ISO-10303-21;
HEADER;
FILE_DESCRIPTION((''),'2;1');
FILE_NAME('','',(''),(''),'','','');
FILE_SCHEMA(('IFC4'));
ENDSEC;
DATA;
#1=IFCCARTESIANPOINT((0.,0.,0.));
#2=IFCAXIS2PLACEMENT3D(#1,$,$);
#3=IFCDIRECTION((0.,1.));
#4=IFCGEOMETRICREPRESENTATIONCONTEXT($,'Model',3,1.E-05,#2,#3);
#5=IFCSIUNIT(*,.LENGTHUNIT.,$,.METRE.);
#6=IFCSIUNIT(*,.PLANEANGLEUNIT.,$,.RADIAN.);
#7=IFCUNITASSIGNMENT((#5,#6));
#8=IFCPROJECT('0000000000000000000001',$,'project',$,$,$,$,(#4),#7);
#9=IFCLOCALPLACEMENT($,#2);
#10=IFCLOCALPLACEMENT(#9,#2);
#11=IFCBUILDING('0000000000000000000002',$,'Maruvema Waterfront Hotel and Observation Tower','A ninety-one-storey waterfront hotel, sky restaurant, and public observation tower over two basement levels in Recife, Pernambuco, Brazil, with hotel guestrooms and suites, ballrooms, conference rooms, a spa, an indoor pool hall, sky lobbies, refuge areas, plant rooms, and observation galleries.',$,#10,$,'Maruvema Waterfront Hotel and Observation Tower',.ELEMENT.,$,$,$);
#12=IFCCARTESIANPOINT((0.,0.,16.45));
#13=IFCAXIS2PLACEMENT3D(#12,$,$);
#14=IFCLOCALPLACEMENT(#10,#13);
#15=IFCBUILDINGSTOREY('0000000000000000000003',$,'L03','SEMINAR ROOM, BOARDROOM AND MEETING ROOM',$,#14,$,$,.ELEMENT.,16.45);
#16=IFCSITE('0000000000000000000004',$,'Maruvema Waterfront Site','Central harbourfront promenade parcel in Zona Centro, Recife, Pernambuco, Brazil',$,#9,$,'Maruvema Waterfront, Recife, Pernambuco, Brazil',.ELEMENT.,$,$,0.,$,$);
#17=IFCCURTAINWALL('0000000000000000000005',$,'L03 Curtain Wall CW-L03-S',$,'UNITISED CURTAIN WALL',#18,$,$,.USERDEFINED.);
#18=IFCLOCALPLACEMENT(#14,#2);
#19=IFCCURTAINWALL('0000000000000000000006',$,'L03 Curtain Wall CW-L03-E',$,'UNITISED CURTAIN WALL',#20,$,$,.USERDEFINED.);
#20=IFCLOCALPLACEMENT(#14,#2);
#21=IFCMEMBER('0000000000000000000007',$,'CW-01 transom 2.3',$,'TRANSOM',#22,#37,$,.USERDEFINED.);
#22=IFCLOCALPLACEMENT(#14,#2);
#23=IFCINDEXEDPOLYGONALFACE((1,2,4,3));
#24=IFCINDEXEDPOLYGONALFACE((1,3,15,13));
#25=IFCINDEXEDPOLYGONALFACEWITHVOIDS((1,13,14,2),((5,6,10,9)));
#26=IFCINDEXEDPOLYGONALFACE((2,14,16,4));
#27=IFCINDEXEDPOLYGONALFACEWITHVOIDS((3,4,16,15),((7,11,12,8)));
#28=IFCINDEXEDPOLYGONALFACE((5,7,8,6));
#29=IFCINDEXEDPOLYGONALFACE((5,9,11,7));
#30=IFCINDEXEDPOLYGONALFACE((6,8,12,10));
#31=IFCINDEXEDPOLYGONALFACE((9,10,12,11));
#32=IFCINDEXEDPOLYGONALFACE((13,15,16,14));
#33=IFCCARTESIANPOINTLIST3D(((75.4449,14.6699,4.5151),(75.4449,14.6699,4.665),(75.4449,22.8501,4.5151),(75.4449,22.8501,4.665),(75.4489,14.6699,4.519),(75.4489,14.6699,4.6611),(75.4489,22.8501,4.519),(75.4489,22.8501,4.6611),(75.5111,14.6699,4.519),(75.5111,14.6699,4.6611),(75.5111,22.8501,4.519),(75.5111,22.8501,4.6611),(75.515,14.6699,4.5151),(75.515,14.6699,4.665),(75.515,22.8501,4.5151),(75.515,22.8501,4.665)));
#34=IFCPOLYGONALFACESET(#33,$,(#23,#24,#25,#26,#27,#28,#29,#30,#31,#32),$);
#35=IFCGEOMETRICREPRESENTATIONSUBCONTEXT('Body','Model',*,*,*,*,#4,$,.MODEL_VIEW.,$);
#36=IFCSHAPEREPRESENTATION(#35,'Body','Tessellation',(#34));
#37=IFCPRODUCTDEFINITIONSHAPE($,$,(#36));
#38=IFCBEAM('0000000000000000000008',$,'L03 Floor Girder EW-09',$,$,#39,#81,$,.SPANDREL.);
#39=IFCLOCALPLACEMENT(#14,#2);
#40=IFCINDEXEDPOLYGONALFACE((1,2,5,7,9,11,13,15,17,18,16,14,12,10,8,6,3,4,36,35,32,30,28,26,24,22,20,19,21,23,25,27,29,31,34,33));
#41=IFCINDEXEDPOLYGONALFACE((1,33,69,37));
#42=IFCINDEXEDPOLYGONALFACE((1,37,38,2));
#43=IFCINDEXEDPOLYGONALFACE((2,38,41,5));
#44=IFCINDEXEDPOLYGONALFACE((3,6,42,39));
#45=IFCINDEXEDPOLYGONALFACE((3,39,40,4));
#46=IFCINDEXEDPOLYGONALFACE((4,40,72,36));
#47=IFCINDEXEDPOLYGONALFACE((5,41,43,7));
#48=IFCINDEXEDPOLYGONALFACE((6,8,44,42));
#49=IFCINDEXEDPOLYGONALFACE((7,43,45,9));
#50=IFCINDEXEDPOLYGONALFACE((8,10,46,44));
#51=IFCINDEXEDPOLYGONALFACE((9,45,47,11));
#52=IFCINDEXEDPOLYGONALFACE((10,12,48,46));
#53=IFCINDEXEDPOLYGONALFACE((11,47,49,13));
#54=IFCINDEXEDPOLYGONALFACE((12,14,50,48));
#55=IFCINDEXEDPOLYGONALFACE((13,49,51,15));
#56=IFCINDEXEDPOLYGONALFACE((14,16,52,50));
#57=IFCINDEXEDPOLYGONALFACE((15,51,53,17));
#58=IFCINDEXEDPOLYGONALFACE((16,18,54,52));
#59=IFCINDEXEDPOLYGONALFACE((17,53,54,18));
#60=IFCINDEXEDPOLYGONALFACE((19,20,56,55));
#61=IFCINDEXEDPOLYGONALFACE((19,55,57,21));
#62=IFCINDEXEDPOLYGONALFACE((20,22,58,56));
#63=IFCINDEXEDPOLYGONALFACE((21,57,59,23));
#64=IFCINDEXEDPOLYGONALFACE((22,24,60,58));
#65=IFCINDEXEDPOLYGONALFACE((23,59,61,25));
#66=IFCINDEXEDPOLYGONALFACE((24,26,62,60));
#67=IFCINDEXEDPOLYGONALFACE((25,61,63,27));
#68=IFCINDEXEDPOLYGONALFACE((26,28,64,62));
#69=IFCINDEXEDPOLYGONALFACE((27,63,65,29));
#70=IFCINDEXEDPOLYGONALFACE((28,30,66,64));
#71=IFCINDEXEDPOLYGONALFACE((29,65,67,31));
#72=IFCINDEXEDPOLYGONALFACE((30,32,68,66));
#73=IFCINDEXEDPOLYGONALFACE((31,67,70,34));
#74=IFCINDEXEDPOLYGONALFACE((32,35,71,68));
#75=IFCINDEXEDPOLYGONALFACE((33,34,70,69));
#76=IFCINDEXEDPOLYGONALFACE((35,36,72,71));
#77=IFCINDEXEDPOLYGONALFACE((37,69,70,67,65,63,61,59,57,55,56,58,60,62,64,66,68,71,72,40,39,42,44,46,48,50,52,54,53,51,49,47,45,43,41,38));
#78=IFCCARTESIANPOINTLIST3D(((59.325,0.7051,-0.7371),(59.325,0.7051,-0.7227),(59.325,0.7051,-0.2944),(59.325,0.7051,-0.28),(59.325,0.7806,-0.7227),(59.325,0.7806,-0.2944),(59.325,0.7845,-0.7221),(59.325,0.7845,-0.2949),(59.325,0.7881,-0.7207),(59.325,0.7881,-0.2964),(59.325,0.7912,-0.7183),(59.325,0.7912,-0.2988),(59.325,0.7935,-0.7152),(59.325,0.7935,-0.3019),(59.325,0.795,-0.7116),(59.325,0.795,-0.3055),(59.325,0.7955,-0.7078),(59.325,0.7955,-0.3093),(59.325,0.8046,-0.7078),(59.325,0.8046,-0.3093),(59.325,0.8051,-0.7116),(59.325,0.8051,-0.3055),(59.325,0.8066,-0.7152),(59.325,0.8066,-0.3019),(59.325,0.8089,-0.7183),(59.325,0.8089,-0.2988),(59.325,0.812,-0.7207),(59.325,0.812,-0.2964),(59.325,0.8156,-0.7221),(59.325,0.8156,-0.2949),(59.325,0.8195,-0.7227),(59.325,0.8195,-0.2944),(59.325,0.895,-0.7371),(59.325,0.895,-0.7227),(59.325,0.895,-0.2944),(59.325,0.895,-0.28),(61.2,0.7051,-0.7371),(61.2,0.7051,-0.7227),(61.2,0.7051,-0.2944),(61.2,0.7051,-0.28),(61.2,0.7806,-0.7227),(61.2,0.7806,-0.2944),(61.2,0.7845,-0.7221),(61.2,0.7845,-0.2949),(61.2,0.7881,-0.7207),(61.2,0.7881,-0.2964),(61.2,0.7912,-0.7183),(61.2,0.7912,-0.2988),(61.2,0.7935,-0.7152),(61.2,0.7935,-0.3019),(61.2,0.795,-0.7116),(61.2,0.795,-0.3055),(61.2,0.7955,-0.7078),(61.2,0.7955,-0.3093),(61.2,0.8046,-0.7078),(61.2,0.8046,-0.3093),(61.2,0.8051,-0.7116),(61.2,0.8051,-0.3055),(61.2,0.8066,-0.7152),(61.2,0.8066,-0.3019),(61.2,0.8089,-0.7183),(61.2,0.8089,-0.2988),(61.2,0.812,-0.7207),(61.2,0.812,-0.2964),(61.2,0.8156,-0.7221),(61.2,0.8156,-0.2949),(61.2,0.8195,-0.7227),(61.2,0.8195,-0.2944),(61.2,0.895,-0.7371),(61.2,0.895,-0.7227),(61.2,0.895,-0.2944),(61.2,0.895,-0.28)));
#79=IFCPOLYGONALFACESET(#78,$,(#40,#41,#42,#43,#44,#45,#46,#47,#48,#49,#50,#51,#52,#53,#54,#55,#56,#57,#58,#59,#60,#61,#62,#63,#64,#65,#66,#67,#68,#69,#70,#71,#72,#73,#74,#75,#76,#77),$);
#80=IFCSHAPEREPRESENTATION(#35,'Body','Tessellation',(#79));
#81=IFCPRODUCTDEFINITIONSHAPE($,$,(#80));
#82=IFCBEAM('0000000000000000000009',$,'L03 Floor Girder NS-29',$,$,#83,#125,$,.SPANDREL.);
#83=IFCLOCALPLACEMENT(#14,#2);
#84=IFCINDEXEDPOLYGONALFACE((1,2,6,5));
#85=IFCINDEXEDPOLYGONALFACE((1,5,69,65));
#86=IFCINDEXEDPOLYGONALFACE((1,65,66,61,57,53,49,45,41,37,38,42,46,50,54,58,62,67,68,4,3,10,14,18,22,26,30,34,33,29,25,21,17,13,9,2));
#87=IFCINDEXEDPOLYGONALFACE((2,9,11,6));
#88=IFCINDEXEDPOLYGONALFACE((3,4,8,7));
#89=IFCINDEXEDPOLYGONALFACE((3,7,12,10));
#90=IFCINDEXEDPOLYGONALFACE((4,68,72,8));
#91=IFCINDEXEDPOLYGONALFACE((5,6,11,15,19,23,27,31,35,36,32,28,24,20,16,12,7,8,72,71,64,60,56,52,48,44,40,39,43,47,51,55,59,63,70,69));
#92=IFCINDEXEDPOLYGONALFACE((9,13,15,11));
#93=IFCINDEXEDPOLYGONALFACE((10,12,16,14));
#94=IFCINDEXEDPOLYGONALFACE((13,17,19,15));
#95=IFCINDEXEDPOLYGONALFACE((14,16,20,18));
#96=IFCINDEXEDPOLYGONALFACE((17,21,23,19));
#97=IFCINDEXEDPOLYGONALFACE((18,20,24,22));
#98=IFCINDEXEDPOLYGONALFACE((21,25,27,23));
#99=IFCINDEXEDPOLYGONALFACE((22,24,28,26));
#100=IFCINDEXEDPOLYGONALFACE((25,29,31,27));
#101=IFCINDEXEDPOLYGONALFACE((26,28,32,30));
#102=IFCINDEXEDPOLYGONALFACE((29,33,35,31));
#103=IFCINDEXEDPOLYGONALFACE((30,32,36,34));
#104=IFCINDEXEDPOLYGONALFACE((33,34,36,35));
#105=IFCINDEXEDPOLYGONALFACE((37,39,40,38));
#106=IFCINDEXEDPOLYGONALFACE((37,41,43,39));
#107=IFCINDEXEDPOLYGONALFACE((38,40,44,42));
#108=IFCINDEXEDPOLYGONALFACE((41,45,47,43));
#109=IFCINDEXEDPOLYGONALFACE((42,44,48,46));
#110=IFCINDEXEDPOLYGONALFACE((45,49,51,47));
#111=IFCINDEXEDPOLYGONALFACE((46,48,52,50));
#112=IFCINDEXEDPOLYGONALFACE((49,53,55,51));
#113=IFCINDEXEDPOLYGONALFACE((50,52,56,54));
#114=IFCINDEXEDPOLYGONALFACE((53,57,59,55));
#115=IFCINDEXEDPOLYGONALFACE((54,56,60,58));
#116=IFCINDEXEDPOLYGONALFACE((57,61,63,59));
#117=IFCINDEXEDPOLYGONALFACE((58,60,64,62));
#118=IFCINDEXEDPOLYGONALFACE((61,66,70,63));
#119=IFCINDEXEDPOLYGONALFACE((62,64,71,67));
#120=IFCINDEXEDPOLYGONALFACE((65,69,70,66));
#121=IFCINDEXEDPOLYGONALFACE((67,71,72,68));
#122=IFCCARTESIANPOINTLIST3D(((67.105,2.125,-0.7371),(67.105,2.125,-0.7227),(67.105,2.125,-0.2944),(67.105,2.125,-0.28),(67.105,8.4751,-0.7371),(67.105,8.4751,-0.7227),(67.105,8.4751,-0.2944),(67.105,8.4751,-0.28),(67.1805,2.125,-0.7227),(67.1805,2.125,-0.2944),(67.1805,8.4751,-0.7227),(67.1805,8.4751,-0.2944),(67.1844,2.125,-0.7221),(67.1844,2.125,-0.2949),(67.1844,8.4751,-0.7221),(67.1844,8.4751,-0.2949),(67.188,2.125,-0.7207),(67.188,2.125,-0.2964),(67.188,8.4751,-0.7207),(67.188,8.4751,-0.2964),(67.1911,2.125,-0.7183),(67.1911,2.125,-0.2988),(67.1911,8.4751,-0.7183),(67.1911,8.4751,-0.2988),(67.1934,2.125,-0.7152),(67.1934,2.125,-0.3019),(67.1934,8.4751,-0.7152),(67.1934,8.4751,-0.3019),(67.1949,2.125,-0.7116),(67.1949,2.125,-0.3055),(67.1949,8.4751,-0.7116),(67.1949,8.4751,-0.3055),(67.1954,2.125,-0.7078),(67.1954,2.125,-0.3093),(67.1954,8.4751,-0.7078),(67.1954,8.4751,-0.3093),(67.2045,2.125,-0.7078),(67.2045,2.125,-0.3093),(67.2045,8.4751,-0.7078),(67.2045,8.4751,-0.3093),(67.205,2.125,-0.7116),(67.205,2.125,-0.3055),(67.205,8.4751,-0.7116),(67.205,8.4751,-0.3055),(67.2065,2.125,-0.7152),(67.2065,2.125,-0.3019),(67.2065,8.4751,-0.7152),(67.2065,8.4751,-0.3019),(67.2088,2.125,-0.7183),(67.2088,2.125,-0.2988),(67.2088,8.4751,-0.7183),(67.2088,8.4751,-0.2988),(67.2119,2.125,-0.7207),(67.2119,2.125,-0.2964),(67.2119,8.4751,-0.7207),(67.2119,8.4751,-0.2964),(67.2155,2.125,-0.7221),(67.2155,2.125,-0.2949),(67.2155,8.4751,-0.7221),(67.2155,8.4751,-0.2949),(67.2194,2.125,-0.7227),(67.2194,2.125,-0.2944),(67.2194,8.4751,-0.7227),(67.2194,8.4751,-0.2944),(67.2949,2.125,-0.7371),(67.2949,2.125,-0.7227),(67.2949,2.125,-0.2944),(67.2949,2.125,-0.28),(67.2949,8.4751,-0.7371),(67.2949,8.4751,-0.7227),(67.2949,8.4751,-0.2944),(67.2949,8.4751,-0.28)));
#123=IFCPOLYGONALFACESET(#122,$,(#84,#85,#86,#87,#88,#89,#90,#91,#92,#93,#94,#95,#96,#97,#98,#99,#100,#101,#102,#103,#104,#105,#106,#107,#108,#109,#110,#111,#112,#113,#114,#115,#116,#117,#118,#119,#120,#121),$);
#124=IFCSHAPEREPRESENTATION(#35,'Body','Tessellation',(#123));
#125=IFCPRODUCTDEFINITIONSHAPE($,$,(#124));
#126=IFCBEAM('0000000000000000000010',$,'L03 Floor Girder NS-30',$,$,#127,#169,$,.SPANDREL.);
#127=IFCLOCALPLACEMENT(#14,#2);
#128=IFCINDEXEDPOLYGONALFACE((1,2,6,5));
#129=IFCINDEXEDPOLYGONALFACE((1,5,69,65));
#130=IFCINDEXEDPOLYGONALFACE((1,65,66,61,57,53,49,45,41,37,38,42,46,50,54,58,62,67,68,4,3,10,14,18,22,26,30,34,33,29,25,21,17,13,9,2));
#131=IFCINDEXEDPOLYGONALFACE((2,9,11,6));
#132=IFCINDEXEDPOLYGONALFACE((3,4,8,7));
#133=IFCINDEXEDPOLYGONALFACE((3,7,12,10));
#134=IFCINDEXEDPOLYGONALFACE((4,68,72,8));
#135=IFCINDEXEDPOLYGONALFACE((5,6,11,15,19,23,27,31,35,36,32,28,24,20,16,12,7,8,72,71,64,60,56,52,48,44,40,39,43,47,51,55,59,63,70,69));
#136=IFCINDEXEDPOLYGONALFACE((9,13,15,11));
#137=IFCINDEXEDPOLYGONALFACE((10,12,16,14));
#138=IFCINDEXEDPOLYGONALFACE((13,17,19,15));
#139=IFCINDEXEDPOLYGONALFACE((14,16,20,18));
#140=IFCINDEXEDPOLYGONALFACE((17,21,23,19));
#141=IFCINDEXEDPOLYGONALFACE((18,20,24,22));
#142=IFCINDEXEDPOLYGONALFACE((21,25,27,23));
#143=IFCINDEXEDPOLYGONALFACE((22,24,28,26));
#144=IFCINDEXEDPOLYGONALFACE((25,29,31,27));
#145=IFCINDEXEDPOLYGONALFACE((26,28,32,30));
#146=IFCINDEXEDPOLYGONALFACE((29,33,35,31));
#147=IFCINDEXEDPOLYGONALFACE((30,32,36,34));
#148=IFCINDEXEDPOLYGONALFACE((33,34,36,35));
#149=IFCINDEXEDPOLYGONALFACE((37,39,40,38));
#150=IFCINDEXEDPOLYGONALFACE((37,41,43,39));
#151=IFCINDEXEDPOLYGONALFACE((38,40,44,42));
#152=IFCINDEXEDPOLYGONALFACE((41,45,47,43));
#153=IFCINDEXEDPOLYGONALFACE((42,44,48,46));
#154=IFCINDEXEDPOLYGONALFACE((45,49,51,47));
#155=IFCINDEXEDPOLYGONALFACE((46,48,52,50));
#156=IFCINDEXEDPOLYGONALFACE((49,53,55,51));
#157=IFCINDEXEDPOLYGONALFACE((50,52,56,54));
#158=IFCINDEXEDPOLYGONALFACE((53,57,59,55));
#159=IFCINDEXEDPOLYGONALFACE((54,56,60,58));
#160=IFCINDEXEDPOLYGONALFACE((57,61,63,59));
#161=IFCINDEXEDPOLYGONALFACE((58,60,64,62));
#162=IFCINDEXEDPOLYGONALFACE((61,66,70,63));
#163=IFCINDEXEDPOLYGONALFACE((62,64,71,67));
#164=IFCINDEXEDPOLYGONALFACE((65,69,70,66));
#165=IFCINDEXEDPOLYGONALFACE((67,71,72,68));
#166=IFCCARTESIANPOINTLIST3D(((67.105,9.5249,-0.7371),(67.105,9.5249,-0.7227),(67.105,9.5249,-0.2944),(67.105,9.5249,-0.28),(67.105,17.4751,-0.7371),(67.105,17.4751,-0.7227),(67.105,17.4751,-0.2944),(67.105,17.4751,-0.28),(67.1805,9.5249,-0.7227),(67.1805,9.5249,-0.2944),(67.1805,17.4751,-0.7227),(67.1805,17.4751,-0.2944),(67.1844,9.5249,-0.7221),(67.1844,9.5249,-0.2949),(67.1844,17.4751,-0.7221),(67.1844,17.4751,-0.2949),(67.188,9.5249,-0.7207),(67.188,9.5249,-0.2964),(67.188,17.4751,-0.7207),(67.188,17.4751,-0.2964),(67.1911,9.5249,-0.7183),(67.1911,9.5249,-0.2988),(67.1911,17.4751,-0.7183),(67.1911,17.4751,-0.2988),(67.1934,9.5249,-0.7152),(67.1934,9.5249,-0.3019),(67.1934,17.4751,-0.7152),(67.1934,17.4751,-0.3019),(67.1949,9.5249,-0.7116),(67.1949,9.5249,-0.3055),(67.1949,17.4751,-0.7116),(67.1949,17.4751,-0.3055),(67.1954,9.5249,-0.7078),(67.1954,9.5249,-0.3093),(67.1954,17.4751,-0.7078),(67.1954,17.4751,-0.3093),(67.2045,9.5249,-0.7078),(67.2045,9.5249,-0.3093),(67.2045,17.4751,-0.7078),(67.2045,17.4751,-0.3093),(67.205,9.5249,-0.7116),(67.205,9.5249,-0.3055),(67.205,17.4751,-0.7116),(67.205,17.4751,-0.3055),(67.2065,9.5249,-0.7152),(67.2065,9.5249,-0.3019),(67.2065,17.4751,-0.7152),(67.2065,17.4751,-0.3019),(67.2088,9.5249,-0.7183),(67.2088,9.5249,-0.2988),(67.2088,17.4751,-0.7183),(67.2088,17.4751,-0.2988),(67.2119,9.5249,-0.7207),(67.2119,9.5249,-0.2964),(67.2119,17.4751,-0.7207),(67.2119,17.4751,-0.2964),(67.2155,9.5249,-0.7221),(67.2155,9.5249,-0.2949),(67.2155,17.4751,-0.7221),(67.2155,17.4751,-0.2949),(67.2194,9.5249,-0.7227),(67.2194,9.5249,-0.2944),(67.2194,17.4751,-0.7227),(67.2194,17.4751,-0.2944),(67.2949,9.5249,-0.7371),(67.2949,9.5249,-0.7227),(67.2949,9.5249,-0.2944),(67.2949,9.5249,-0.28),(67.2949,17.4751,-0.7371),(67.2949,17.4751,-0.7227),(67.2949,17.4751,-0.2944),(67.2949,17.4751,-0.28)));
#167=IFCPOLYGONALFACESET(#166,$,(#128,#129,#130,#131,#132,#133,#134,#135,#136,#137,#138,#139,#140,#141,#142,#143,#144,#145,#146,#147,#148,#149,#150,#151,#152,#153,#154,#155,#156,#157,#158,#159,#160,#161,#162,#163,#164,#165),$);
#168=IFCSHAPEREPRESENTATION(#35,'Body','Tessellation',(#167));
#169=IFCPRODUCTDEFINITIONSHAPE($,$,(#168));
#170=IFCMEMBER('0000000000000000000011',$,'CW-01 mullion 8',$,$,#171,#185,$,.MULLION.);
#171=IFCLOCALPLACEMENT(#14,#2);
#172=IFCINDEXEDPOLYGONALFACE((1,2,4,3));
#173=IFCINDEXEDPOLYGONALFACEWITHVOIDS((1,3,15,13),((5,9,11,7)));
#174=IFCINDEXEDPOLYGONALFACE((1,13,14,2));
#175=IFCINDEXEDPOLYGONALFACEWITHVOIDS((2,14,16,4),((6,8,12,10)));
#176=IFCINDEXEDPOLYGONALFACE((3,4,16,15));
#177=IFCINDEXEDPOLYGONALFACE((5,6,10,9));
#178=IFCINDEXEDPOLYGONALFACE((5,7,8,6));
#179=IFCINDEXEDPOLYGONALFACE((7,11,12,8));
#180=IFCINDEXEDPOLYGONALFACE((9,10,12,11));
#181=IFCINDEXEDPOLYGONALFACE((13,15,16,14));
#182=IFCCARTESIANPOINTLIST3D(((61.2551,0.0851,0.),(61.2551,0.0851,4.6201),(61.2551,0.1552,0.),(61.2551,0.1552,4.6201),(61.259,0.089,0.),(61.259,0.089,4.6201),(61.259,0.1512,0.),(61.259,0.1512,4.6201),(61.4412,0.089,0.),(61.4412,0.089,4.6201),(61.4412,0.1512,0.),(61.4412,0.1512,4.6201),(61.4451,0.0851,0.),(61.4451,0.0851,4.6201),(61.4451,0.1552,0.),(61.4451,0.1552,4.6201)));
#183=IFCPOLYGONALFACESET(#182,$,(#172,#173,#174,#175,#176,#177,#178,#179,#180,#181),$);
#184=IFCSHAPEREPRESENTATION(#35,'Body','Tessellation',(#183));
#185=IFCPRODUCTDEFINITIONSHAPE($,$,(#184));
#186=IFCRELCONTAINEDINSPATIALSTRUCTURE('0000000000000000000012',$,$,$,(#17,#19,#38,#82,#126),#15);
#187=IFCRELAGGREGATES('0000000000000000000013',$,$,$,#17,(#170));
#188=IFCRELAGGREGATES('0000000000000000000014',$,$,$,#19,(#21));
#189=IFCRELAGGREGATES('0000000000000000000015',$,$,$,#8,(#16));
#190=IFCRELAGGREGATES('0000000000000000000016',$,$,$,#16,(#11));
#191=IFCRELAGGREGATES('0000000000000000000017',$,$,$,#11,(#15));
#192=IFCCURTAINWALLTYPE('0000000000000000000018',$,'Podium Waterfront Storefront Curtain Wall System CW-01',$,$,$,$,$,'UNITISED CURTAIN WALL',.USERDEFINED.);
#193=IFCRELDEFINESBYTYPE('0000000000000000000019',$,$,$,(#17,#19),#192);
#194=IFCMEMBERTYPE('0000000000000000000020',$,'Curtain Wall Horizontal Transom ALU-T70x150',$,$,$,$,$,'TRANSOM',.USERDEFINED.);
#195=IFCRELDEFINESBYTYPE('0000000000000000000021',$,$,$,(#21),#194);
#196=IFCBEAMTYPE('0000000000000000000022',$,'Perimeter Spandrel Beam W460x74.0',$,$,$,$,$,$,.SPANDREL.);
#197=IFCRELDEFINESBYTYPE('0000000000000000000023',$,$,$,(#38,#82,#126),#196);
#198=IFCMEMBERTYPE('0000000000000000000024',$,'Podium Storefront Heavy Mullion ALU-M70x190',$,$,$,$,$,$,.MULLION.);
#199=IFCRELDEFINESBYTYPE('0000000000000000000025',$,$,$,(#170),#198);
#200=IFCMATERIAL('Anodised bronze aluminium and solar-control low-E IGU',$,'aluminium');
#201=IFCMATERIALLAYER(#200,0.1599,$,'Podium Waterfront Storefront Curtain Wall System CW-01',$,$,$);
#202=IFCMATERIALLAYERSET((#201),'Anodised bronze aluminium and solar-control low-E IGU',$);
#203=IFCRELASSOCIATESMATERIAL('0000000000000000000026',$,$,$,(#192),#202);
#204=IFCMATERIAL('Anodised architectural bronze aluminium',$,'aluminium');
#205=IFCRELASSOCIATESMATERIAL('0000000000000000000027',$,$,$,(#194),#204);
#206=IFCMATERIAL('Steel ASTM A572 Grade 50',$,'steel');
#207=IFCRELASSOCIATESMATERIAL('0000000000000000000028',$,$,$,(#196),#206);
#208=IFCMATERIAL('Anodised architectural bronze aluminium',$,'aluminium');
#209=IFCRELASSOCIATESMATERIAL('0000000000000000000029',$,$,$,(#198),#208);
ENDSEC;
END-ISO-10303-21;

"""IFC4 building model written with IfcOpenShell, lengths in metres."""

from ifc_helpers import new_model, si_unit, direction, frame, origin, origin_2d, place, context, subcontext, project, spatial, hollow_rectangle, i_section, extrude, material, layer, layer_set, material_profile, profile_set, type_object, element, aggregate, save


model = new_model("IFC4")

# Units and contexts
model_context = context("Model", 3, precision=1e-05, world=origin(), true_north=direction((0.0, 1.0)))
body_context = subcontext(model_context, "Body", "Model", "MODEL_VIEW")
ifc_project = project(units=[si_unit("LENGTHUNIT", "METRE"), si_unit("PLANEANGLEUNIT", "RADIAN")], contexts=[model_context])

# Site, building, storey
site_placement = place(None, origin())
site = spatial("IfcSite", under=ifc_project, at=site_placement, Name="Maruvema Waterfront Site", Description="Central harbourfront promenade parcel in Zona Centro, Recife, Pernambuco, Brazil", LongName="Maruvema Waterfront, Recife, Pernambuco, Brazil", CompositionType="ELEMENT", RefElevation=0.0)
building_placement = place(site_placement, origin())
building = spatial("IfcBuilding", under=site, at=building_placement, Name="Maruvema Waterfront Hotel and Observation Tower", Description="A ninety-one-storey waterfront hotel, sky restaurant, and public observation tower over two basement levels in Recife, Pernambuco, Brazil, with hotel guestrooms and suites, ballrooms, conference rooms, a spa, an indoor pool hall, sky lobbies, refuge areas, plant rooms, and observation galleries.", LongName="Maruvema Waterfront Hotel and Observation Tower", CompositionType="ELEMENT")
storey_placement = place(building_placement, frame((0.0, 0.0, 16.45)))
storey = spatial("IfcBuildingStorey", under=building, at=storey_placement, Name="L03", Description="SEMINAR ROOM, BOARDROOM AND MEETING ROOM", CompositionType="ELEMENT", Elevation=16.45)

# Curtain walls, member
ifc_material_1 = material(Name="Anodised bronze aluminium and solar-control low-E IGU", Category="aluminium")
ifc_layer_1 = layer(ifc_material_1, 0.1599, Name="Podium Waterfront Storefront Curtain Wall System CW-01")
ifc_layer_set_1 = layer_set([ifc_layer_1], Name="Anodised bronze aluminium and solar-control low-E IGU")
curtain_wall_type = type_object("IfcCurtainWallType", Name="Podium Waterfront Storefront Curtain Wall System CW-01", ElementType="UNITISED CURTAIN WALL", PredefinedType="USERDEFINED", material=ifc_layer_set_1)
curtain_wall_1_placement = place(storey_placement, origin())
curtain_wall_1 = element("IfcCurtainWall", 1, at=curtain_wall_1_placement, inside=storey, type_object=curtain_wall_type, Name="L03 Curtain Wall CW-L03-S", ObjectType="UNITISED CURTAIN WALL", PredefinedType="USERDEFINED")
ifc_material_2 = material(Name="Anodised architectural bronze aluminium", Category="aluminium")
ifc_material_profile_1 = material_profile(ifc_material_2, hollow_rectangle(XDim=0.0701, YDim=0.1499, WallThickness=0.0039, at=origin_2d()), Name="ALU-T70x150")
ifc_profile_set_1 = profile_set([ifc_material_profile_1], Name="Anodised architectural bronze aluminium")
member_type_1 = type_object("IfcMemberType", Name="Curtain Wall Horizontal Transom ALU-T70x150", ElementType="TRANSOM", PredefinedType="USERDEFINED", material=ifc_profile_set_1)
curtain_wall_2_placement = place(storey_placement, origin())
curtain_wall_2 = element("IfcCurtainWall", 2, at=curtain_wall_2_placement, inside=storey, type_object=curtain_wall_type, Name="L03 Curtain Wall CW-L03-E", ObjectType="UNITISED CURTAIN WALL", PredefinedType="USERDEFINED")
member_1_placement = place(storey_placement, frame((75.48, 14.6699, 4.5901), z_axis=(0.0, 1.0, 0.0), x_axis=(-1.0, 0.0, 0.0)))
member_1 = element("IfcMember", 3, at=member_1_placement, type_object=member_type_1, Name="CW-01 transom 2.3", ObjectType="TRANSOM", PredefinedType="USERDEFINED", context=body_context, shape_type="SweptSolid", body=[
    extrude(hollow_rectangle(XDim=0.0701, YDim=0.1499, WallThickness=0.0039, at=origin_2d()), origin(), (0.0, 0.0, 1.0), 8.1802),
])

# Beams
ifc_material_3 = material(Name="Steel ASTM A572 Grade 50", Category="steel")
ifc_material_profile_2 = material_profile(ifc_material_3, i_section(OverallWidth=0.1899, OverallDepth=0.457, WebThickness=0.009, FlangeThickness=0.0144, FilletRadius=0.0149, at=origin_2d()), Name="W460x74.0")
ifc_profile_set_2 = profile_set([ifc_material_profile_2], Name="Steel ASTM A572 Grade 50")
beam_type_1 = type_object("IfcBeamType", Name="Perimeter Spandrel Beam W460x74.0", PredefinedType="SPANDREL", material=ifc_profile_set_2)
beam_1_placement = place(storey_placement, frame((59.325, 0.8, -0.5085), z_axis=(1.0, 0.0, 0.0), x_axis=(0.0, 1.0, 0.0)))
element("IfcBeam", 4, at=beam_1_placement, inside=storey, type_object=beam_type_1, Name="L03 Floor Girder EW-09", PredefinedType="SPANDREL", context=body_context, shape_type="SweptSolid", body=[
    extrude(i_section(OverallWidth=0.1899, OverallDepth=0.457, WebThickness=0.009, FlangeThickness=0.0144, FilletRadius=0.0149, at=origin_2d()), origin(), (0.0, 0.0, 1.0), 1.875),
])
beam_2_placement = place(storey_placement, frame((67.2, 2.125, -0.5085), z_axis=(0.0, 1.0, 0.0), x_axis=(-1.0, 0.0, 0.0)))
element("IfcBeam", 5, at=beam_2_placement, inside=storey, type_object=beam_type_1, Name="L03 Floor Girder NS-29", PredefinedType="SPANDREL", context=body_context, shape_type="SweptSolid", body=[
    extrude(i_section(OverallWidth=0.1899, OverallDepth=0.457, WebThickness=0.009, FlangeThickness=0.0144, FilletRadius=0.0149, at=origin_2d()), origin(), (0.0, 0.0, 1.0), 6.3501),
])
beam_3_placement = place(storey_placement, frame((67.2, 9.5249, -0.5085), z_axis=(0.0, 1.0, 0.0), x_axis=(-1.0, 0.0, 0.0)))
element("IfcBeam", 6, at=beam_3_placement, inside=storey, type_object=beam_type_1, Name="L03 Floor Girder NS-30", PredefinedType="SPANDREL", context=body_context, shape_type="SweptSolid", body=[
    extrude(i_section(OverallWidth=0.1899, OverallDepth=0.457, WebThickness=0.009, FlangeThickness=0.0144, FilletRadius=0.0149, at=origin_2d()), origin(), (0.0, 0.0, 1.0), 7.9502),
])

# Member
ifc_material_4 = material(Name="Anodised architectural bronze aluminium", Category="aluminium")
ifc_material_profile_3 = material_profile(ifc_material_4, hollow_rectangle(XDim=0.0701, YDim=0.1899, WallThickness=0.0039, at=origin_2d()), Name="ALU-M70x190")
ifc_profile_set_3 = profile_set([ifc_material_profile_3], Name="Anodised architectural bronze aluminium")
member_type_2 = type_object("IfcMemberType", Name="Podium Storefront Heavy Mullion ALU-M70x190", PredefinedType="MULLION", material=ifc_profile_set_3)
member_2_placement = place(storey_placement, frame((61.3501, 0.1201, 0.0), z_axis=(0.0, 0.0, 1.0), x_axis=(0.0, 1.0, 0.0)))
member_2 = element("IfcMember", 7, at=member_2_placement, type_object=member_type_2, Name="CW-01 mullion 8", PredefinedType="MULLION", context=body_context, shape_type="SweptSolid", body=[
    extrude(hollow_rectangle(XDim=0.0701, YDim=0.1899, WallThickness=0.0039, at=origin_2d()), origin(), (0.0, 0.0, 1.0), 4.6201),
])

aggregate(curtain_wall_1, [member_2])
aggregate(curtain_wall_2, [member_1])

save(model, "model.ifc")
